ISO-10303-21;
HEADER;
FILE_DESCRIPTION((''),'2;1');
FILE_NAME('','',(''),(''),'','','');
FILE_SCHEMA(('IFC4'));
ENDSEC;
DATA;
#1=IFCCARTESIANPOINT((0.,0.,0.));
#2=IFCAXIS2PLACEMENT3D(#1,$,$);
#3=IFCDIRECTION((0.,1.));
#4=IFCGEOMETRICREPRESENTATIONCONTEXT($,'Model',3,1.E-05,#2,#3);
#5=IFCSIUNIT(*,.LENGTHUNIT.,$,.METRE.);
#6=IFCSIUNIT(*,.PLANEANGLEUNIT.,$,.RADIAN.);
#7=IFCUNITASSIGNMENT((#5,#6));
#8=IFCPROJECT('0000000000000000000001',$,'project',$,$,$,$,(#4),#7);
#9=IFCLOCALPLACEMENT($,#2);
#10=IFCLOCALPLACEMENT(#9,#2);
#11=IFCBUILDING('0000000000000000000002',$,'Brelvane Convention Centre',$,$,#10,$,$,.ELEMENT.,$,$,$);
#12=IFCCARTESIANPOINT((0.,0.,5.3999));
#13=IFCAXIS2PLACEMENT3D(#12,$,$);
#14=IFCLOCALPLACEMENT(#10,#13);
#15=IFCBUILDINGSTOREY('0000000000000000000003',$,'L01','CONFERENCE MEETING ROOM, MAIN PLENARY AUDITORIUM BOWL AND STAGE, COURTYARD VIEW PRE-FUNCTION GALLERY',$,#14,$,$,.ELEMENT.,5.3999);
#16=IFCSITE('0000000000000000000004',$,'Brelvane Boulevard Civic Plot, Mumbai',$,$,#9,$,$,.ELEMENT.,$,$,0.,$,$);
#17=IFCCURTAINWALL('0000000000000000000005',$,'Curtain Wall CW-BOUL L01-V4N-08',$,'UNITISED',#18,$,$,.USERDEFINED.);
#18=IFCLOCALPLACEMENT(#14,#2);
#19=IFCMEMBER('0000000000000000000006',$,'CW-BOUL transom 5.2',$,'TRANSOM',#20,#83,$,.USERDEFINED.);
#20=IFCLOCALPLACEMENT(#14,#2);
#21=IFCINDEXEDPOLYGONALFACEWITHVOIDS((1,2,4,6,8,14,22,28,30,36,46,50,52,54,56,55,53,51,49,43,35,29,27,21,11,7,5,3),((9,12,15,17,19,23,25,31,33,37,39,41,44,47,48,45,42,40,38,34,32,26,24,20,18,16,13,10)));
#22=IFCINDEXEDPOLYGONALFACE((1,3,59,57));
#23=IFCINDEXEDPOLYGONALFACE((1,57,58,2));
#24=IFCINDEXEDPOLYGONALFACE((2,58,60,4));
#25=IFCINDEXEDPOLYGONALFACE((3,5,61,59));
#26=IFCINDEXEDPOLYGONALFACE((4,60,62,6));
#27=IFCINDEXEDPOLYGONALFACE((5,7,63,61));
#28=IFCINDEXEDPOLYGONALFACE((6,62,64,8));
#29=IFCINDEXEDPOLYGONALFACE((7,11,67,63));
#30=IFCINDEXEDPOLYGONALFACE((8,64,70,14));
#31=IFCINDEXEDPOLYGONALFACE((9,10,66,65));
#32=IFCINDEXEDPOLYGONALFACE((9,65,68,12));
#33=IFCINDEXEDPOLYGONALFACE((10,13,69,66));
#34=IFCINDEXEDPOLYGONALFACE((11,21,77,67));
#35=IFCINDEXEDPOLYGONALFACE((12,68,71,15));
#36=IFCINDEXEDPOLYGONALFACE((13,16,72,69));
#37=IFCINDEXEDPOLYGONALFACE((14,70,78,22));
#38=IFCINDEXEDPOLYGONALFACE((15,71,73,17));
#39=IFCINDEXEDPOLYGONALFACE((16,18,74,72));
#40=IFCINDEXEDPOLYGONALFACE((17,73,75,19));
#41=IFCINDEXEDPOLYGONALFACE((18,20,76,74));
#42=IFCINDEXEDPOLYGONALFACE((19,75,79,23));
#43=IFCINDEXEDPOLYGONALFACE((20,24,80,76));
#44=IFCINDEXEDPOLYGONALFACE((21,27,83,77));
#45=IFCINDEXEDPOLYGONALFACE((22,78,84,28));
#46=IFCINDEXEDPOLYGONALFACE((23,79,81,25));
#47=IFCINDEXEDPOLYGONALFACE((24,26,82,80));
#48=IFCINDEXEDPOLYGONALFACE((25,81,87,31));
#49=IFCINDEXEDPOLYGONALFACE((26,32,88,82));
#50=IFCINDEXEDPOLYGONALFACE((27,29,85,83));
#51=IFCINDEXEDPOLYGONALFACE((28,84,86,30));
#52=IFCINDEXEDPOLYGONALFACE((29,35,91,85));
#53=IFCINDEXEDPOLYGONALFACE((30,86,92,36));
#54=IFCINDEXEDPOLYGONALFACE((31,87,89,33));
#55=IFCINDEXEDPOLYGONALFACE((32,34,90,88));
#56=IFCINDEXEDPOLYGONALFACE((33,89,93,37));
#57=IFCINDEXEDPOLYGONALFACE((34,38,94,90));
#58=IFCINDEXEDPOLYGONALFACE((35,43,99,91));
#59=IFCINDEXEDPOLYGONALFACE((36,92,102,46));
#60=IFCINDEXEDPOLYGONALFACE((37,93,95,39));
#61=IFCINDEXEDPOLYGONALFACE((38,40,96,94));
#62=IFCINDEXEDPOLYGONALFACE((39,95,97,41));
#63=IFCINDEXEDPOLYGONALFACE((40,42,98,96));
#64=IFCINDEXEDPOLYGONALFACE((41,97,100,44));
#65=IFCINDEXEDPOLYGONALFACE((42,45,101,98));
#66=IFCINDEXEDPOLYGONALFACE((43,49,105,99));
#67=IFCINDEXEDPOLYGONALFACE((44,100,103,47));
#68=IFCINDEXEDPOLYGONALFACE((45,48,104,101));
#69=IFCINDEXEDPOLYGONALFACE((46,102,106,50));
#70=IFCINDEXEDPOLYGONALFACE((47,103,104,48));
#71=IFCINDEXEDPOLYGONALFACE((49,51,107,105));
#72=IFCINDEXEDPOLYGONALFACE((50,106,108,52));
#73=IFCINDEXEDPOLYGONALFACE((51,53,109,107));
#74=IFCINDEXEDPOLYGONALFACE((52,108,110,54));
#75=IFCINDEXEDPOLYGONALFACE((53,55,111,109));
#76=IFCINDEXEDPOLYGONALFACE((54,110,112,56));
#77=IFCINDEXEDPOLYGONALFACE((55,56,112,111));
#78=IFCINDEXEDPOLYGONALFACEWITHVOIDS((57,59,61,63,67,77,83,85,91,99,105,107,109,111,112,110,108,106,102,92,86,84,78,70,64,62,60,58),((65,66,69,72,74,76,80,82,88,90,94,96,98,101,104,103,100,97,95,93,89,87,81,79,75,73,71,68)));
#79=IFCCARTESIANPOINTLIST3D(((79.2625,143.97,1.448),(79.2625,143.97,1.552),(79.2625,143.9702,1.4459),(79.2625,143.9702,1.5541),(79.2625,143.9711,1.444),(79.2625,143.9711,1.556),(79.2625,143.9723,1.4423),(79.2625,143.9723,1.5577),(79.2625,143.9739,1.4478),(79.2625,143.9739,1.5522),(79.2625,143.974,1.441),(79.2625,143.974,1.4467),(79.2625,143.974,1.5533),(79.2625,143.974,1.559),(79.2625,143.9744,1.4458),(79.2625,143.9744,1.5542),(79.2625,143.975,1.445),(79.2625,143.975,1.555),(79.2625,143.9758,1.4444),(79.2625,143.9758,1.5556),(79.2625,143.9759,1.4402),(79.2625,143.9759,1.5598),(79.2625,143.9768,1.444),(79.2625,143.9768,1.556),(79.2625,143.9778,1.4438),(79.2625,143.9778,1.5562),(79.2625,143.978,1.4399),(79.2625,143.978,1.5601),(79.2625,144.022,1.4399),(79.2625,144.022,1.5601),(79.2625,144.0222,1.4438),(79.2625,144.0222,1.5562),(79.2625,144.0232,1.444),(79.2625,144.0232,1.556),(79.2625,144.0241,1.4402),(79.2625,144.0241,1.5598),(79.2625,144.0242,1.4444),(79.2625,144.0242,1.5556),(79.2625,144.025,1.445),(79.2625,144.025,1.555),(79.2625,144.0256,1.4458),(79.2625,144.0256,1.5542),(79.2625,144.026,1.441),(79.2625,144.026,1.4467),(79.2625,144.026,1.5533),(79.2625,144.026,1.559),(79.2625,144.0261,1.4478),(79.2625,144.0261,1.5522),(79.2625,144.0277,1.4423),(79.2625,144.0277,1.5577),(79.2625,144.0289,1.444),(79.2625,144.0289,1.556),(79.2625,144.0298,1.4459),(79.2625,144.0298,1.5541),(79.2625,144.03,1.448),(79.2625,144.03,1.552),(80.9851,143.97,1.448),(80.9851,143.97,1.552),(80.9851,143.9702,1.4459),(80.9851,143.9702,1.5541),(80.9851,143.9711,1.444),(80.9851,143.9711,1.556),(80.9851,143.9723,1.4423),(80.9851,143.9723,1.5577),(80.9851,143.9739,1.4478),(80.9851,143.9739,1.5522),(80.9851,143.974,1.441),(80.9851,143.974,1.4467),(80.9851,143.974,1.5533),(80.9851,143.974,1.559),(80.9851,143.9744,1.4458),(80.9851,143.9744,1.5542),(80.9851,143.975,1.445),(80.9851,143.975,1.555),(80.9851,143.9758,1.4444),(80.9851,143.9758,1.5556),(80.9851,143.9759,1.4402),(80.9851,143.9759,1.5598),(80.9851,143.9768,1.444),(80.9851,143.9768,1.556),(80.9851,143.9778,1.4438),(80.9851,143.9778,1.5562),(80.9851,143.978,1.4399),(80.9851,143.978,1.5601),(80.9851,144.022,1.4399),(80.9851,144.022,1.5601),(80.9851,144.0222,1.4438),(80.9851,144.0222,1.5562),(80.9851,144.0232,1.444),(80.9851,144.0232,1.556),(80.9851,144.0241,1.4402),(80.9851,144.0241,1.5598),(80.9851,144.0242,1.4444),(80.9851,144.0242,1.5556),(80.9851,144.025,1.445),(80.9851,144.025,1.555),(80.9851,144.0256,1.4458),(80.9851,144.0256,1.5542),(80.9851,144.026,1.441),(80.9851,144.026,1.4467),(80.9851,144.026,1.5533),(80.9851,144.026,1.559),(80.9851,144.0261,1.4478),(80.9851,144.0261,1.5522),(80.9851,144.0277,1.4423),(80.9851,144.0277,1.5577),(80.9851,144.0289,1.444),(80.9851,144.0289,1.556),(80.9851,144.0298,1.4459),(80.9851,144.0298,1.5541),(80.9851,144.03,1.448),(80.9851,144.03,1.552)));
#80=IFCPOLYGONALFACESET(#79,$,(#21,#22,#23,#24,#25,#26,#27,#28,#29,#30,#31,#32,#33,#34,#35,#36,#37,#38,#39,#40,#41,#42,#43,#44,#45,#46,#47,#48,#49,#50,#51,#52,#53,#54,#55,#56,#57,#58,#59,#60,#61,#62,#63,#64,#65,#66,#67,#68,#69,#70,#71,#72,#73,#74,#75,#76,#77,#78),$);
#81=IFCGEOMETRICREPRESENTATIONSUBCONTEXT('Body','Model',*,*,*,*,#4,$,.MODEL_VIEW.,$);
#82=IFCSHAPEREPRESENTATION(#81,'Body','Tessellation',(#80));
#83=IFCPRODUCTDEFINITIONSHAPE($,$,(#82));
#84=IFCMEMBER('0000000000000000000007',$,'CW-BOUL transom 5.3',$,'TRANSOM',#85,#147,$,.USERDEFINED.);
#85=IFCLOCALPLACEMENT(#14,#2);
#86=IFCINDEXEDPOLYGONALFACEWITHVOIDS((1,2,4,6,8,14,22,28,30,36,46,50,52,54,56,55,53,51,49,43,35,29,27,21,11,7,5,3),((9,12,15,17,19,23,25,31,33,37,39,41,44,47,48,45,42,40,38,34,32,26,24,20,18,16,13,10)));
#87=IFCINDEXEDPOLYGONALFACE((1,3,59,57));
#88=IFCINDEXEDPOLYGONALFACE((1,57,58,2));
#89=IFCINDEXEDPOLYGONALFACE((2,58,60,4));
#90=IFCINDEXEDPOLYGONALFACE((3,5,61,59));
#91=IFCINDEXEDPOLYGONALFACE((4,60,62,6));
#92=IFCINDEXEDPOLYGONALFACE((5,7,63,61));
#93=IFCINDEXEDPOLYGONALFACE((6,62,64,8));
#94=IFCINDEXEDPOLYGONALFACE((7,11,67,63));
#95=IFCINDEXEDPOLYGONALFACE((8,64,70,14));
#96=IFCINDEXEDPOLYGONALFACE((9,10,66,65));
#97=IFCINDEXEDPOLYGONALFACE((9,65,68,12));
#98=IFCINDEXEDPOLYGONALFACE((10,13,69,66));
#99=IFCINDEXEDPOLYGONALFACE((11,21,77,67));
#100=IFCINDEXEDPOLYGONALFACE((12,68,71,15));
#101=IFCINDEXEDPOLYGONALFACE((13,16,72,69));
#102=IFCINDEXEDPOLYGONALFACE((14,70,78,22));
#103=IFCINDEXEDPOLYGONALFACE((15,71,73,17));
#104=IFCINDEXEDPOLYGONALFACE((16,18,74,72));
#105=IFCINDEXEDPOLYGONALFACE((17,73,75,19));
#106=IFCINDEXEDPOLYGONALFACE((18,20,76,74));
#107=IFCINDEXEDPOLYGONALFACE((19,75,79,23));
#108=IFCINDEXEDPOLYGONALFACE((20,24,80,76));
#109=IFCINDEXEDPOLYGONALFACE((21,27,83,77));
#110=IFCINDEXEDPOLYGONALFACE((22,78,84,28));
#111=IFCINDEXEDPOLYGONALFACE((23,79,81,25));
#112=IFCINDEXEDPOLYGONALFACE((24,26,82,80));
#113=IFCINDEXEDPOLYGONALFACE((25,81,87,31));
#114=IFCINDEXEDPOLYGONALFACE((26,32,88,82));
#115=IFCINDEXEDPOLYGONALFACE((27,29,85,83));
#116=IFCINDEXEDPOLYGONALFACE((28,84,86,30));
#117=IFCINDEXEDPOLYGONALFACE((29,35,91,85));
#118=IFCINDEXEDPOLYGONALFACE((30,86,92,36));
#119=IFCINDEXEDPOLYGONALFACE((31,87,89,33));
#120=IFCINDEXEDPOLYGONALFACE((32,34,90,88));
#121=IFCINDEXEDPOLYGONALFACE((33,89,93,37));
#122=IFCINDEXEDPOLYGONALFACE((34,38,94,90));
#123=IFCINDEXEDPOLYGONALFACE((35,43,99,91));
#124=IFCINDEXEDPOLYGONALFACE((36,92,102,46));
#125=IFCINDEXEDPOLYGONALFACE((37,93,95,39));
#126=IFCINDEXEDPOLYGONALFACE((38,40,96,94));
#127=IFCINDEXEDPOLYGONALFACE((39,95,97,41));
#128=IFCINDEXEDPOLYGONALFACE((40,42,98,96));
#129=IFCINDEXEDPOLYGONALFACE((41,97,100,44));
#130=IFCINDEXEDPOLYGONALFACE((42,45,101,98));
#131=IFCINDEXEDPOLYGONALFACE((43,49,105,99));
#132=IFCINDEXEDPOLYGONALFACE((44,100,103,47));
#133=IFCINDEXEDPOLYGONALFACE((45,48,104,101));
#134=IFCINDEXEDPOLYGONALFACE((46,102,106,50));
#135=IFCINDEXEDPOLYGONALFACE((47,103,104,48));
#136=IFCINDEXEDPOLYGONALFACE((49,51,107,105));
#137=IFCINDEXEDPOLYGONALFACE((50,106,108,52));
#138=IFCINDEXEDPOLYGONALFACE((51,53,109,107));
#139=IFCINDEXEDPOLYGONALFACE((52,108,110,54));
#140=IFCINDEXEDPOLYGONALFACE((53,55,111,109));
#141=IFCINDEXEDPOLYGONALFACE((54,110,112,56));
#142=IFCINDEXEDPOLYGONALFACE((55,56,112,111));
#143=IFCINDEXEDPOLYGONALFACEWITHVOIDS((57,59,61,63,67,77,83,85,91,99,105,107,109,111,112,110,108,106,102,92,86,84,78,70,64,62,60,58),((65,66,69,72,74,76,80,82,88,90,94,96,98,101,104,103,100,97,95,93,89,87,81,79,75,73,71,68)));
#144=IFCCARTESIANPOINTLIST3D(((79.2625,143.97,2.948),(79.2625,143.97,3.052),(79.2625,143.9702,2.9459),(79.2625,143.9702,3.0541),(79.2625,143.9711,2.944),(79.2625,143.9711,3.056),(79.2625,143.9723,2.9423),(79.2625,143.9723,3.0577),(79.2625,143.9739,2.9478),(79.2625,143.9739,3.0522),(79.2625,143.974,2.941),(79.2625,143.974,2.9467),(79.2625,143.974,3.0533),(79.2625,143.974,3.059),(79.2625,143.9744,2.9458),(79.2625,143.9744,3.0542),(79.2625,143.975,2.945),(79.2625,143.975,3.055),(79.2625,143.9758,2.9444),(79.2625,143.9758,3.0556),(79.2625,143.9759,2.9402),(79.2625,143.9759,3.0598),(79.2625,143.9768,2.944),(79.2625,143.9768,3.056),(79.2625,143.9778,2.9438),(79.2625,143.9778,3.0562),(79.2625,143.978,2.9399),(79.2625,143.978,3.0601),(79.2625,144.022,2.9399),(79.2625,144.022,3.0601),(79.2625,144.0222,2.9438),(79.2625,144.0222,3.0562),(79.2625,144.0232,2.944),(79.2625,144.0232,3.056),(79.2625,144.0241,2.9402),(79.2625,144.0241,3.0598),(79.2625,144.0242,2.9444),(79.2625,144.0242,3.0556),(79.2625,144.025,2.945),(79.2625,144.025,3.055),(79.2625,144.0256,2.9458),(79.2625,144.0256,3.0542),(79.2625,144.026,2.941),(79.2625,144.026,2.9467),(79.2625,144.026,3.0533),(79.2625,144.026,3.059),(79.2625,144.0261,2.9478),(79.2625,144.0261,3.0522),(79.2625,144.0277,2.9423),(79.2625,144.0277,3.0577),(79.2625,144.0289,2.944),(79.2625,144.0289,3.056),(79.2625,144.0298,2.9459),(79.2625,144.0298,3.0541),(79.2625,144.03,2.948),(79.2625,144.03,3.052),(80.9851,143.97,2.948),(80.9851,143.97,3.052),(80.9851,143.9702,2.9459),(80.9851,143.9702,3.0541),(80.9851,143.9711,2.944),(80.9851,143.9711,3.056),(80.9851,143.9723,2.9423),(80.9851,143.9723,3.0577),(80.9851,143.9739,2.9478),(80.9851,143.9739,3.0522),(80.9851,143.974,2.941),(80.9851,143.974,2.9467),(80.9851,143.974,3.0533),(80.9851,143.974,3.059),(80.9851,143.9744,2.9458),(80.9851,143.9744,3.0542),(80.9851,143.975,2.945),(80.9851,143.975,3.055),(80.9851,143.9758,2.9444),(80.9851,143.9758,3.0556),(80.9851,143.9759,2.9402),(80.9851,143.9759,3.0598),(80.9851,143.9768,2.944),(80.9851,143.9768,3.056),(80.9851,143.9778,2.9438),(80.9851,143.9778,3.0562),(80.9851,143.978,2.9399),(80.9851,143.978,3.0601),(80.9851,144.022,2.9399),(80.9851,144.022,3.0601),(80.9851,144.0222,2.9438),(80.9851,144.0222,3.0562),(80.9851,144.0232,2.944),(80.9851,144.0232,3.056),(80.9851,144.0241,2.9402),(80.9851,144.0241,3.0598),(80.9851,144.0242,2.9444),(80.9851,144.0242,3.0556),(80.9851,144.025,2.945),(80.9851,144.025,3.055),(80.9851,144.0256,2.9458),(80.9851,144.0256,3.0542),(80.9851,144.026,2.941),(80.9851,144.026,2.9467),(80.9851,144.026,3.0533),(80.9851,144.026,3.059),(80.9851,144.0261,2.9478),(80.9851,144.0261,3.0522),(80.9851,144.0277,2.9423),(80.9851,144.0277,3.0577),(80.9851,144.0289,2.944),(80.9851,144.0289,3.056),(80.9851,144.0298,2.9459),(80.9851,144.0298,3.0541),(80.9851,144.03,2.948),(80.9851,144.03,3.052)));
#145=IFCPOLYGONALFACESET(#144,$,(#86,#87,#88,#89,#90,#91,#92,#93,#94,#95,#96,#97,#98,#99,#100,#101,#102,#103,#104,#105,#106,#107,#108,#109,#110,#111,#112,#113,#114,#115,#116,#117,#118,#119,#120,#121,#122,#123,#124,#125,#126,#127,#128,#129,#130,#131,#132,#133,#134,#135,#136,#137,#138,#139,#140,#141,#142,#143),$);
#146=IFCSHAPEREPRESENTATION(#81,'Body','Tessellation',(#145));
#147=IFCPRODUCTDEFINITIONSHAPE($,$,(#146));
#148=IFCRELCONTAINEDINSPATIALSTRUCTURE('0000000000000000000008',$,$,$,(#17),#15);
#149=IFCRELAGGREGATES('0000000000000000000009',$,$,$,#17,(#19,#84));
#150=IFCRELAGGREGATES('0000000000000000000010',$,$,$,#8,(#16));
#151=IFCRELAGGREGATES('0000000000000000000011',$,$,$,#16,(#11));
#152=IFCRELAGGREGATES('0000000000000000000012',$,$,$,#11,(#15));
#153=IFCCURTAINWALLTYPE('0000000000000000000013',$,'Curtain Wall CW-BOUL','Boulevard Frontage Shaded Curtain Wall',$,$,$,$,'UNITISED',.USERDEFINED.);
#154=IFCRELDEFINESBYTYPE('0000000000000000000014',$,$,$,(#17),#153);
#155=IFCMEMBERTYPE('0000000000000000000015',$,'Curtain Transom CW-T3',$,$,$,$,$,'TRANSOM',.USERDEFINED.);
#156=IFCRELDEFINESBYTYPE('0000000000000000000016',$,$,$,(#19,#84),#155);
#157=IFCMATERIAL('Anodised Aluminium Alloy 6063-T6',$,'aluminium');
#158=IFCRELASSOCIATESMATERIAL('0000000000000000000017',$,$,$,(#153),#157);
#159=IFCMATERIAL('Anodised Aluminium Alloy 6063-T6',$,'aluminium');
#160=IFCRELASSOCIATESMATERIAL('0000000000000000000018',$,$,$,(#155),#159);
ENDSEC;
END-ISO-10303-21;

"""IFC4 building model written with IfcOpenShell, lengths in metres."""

from ifc_helpers import new_model, si_unit, direction, frame, origin, origin_2d, place, context, subcontext, project, spatial, hollow_rectangle, extrude, material, material_profile, profile_set, type_object, element, aggregate, save


model = new_model("IFC4")

# Units and contexts
model_context = context("Model", 3, precision=1e-05, world=origin(), true_north=direction((0.0, 1.0)))
body_context = subcontext(model_context, "Body", "Model", "MODEL_VIEW")
ifc_project = project(units=[si_unit("LENGTHUNIT", "METRE"), si_unit("PLANEANGLEUNIT", "RADIAN")], contexts=[model_context])

# Site, building, storey
site_placement = place(None, origin())
site = spatial("IfcSite", under=ifc_project, at=site_placement, Name="Brelvane Boulevard Civic Plot, Mumbai", CompositionType="ELEMENT", RefElevation=0.0)
building_placement = place(site_placement, origin())
building = spatial("IfcBuilding", under=site, at=building_placement, Name="Brelvane Convention Centre", CompositionType="ELEMENT")
storey_placement = place(building_placement, frame((0.0, 0.0, 5.3999)))
storey = spatial("IfcBuildingStorey", under=building, at=storey_placement, Name="L01", Description="CONFERENCE MEETING ROOM, MAIN PLENARY AUDITORIUM BOWL AND STAGE, COURTYARD VIEW PRE-FUNCTION GALLERY", CompositionType="ELEMENT", Elevation=5.3999)

# Curtain wall, members
ifc_material_1 = material(Name="Anodised Aluminium Alloy 6063-T6", Category="aluminium")
curtain_wall_type = type_object("IfcCurtainWallType", Name="Curtain Wall CW-BOUL", Description="Boulevard Frontage Shaded Curtain Wall", ElementType="UNITISED", PredefinedType="USERDEFINED", material=ifc_material_1)
curtain_wall_placement = place(storey_placement, origin())
curtain_wall = element("IfcCurtainWall", 1, at=curtain_wall_placement, inside=storey, type_object=curtain_wall_type, Name="Curtain Wall CW-BOUL L01-V4N-08", ObjectType="UNITISED", PredefinedType="USERDEFINED")
ifc_material_2 = material(Name="Anodised Aluminium Alloy 6063-T6", Category="aluminium")
ifc_material_profile_1 = material_profile(ifc_material_2, hollow_rectangle(XDim=0.0601, YDim=0.1201, WallThickness=0.0039, InnerFilletRadius=0.0039, OuterFilletRadius=0.0081, at=origin_2d()), Name="ALU-T 120x60x4.0")
ifc_profile_set_1 = profile_set([ifc_material_profile_1], Name="Anodised Aluminium Alloy 6063-T6")
member_type_1 = type_object("IfcMemberType", Name="Curtain Transom CW-T3", ElementType="TRANSOM", PredefinedType="USERDEFINED", material=ifc_profile_set_1)
member_1_placement = place(storey_placement, frame((79.2625, 144.0, 1.5), z_axis=(1.0, 0.0, 0.0), x_axis=(0.0, 1.0, 0.0)))
member_1 = element("IfcMember", 2, at=member_1_placement, type_object=member_type_1, Name="CW-BOUL transom 5.2", ObjectType="TRANSOM", PredefinedType="USERDEFINED", context=body_context, shape_type="SweptSolid", body=[
    extrude(hollow_rectangle(XDim=0.0601, YDim=0.1201, WallThickness=0.0039, InnerFilletRadius=0.0039, OuterFilletRadius=0.0081, at=origin_2d()), origin(), (0.0, 0.0, 1.0), 1.7227),
])
member_2_placement = place(storey_placement, frame((79.2625, 144.0, 3.0), z_axis=(1.0, 0.0, 0.0), x_axis=(0.0, 1.0, 0.0)))
member_2 = element("IfcMember", 3, at=member_2_placement, type_object=member_type_1, Name="CW-BOUL transom 5.3", ObjectType="TRANSOM", PredefinedType="USERDEFINED", context=body_context, shape_type="SweptSolid", body=[
    extrude(hollow_rectangle(XDim=0.0601, YDim=0.1201, WallThickness=0.0039, InnerFilletRadius=0.0039, OuterFilletRadius=0.0081, at=origin_2d()), origin(), (0.0, 0.0, 1.0), 1.7227),
])

aggregate(curtain_wall, [member_1, member_2])

save(model, "model.ifc")
